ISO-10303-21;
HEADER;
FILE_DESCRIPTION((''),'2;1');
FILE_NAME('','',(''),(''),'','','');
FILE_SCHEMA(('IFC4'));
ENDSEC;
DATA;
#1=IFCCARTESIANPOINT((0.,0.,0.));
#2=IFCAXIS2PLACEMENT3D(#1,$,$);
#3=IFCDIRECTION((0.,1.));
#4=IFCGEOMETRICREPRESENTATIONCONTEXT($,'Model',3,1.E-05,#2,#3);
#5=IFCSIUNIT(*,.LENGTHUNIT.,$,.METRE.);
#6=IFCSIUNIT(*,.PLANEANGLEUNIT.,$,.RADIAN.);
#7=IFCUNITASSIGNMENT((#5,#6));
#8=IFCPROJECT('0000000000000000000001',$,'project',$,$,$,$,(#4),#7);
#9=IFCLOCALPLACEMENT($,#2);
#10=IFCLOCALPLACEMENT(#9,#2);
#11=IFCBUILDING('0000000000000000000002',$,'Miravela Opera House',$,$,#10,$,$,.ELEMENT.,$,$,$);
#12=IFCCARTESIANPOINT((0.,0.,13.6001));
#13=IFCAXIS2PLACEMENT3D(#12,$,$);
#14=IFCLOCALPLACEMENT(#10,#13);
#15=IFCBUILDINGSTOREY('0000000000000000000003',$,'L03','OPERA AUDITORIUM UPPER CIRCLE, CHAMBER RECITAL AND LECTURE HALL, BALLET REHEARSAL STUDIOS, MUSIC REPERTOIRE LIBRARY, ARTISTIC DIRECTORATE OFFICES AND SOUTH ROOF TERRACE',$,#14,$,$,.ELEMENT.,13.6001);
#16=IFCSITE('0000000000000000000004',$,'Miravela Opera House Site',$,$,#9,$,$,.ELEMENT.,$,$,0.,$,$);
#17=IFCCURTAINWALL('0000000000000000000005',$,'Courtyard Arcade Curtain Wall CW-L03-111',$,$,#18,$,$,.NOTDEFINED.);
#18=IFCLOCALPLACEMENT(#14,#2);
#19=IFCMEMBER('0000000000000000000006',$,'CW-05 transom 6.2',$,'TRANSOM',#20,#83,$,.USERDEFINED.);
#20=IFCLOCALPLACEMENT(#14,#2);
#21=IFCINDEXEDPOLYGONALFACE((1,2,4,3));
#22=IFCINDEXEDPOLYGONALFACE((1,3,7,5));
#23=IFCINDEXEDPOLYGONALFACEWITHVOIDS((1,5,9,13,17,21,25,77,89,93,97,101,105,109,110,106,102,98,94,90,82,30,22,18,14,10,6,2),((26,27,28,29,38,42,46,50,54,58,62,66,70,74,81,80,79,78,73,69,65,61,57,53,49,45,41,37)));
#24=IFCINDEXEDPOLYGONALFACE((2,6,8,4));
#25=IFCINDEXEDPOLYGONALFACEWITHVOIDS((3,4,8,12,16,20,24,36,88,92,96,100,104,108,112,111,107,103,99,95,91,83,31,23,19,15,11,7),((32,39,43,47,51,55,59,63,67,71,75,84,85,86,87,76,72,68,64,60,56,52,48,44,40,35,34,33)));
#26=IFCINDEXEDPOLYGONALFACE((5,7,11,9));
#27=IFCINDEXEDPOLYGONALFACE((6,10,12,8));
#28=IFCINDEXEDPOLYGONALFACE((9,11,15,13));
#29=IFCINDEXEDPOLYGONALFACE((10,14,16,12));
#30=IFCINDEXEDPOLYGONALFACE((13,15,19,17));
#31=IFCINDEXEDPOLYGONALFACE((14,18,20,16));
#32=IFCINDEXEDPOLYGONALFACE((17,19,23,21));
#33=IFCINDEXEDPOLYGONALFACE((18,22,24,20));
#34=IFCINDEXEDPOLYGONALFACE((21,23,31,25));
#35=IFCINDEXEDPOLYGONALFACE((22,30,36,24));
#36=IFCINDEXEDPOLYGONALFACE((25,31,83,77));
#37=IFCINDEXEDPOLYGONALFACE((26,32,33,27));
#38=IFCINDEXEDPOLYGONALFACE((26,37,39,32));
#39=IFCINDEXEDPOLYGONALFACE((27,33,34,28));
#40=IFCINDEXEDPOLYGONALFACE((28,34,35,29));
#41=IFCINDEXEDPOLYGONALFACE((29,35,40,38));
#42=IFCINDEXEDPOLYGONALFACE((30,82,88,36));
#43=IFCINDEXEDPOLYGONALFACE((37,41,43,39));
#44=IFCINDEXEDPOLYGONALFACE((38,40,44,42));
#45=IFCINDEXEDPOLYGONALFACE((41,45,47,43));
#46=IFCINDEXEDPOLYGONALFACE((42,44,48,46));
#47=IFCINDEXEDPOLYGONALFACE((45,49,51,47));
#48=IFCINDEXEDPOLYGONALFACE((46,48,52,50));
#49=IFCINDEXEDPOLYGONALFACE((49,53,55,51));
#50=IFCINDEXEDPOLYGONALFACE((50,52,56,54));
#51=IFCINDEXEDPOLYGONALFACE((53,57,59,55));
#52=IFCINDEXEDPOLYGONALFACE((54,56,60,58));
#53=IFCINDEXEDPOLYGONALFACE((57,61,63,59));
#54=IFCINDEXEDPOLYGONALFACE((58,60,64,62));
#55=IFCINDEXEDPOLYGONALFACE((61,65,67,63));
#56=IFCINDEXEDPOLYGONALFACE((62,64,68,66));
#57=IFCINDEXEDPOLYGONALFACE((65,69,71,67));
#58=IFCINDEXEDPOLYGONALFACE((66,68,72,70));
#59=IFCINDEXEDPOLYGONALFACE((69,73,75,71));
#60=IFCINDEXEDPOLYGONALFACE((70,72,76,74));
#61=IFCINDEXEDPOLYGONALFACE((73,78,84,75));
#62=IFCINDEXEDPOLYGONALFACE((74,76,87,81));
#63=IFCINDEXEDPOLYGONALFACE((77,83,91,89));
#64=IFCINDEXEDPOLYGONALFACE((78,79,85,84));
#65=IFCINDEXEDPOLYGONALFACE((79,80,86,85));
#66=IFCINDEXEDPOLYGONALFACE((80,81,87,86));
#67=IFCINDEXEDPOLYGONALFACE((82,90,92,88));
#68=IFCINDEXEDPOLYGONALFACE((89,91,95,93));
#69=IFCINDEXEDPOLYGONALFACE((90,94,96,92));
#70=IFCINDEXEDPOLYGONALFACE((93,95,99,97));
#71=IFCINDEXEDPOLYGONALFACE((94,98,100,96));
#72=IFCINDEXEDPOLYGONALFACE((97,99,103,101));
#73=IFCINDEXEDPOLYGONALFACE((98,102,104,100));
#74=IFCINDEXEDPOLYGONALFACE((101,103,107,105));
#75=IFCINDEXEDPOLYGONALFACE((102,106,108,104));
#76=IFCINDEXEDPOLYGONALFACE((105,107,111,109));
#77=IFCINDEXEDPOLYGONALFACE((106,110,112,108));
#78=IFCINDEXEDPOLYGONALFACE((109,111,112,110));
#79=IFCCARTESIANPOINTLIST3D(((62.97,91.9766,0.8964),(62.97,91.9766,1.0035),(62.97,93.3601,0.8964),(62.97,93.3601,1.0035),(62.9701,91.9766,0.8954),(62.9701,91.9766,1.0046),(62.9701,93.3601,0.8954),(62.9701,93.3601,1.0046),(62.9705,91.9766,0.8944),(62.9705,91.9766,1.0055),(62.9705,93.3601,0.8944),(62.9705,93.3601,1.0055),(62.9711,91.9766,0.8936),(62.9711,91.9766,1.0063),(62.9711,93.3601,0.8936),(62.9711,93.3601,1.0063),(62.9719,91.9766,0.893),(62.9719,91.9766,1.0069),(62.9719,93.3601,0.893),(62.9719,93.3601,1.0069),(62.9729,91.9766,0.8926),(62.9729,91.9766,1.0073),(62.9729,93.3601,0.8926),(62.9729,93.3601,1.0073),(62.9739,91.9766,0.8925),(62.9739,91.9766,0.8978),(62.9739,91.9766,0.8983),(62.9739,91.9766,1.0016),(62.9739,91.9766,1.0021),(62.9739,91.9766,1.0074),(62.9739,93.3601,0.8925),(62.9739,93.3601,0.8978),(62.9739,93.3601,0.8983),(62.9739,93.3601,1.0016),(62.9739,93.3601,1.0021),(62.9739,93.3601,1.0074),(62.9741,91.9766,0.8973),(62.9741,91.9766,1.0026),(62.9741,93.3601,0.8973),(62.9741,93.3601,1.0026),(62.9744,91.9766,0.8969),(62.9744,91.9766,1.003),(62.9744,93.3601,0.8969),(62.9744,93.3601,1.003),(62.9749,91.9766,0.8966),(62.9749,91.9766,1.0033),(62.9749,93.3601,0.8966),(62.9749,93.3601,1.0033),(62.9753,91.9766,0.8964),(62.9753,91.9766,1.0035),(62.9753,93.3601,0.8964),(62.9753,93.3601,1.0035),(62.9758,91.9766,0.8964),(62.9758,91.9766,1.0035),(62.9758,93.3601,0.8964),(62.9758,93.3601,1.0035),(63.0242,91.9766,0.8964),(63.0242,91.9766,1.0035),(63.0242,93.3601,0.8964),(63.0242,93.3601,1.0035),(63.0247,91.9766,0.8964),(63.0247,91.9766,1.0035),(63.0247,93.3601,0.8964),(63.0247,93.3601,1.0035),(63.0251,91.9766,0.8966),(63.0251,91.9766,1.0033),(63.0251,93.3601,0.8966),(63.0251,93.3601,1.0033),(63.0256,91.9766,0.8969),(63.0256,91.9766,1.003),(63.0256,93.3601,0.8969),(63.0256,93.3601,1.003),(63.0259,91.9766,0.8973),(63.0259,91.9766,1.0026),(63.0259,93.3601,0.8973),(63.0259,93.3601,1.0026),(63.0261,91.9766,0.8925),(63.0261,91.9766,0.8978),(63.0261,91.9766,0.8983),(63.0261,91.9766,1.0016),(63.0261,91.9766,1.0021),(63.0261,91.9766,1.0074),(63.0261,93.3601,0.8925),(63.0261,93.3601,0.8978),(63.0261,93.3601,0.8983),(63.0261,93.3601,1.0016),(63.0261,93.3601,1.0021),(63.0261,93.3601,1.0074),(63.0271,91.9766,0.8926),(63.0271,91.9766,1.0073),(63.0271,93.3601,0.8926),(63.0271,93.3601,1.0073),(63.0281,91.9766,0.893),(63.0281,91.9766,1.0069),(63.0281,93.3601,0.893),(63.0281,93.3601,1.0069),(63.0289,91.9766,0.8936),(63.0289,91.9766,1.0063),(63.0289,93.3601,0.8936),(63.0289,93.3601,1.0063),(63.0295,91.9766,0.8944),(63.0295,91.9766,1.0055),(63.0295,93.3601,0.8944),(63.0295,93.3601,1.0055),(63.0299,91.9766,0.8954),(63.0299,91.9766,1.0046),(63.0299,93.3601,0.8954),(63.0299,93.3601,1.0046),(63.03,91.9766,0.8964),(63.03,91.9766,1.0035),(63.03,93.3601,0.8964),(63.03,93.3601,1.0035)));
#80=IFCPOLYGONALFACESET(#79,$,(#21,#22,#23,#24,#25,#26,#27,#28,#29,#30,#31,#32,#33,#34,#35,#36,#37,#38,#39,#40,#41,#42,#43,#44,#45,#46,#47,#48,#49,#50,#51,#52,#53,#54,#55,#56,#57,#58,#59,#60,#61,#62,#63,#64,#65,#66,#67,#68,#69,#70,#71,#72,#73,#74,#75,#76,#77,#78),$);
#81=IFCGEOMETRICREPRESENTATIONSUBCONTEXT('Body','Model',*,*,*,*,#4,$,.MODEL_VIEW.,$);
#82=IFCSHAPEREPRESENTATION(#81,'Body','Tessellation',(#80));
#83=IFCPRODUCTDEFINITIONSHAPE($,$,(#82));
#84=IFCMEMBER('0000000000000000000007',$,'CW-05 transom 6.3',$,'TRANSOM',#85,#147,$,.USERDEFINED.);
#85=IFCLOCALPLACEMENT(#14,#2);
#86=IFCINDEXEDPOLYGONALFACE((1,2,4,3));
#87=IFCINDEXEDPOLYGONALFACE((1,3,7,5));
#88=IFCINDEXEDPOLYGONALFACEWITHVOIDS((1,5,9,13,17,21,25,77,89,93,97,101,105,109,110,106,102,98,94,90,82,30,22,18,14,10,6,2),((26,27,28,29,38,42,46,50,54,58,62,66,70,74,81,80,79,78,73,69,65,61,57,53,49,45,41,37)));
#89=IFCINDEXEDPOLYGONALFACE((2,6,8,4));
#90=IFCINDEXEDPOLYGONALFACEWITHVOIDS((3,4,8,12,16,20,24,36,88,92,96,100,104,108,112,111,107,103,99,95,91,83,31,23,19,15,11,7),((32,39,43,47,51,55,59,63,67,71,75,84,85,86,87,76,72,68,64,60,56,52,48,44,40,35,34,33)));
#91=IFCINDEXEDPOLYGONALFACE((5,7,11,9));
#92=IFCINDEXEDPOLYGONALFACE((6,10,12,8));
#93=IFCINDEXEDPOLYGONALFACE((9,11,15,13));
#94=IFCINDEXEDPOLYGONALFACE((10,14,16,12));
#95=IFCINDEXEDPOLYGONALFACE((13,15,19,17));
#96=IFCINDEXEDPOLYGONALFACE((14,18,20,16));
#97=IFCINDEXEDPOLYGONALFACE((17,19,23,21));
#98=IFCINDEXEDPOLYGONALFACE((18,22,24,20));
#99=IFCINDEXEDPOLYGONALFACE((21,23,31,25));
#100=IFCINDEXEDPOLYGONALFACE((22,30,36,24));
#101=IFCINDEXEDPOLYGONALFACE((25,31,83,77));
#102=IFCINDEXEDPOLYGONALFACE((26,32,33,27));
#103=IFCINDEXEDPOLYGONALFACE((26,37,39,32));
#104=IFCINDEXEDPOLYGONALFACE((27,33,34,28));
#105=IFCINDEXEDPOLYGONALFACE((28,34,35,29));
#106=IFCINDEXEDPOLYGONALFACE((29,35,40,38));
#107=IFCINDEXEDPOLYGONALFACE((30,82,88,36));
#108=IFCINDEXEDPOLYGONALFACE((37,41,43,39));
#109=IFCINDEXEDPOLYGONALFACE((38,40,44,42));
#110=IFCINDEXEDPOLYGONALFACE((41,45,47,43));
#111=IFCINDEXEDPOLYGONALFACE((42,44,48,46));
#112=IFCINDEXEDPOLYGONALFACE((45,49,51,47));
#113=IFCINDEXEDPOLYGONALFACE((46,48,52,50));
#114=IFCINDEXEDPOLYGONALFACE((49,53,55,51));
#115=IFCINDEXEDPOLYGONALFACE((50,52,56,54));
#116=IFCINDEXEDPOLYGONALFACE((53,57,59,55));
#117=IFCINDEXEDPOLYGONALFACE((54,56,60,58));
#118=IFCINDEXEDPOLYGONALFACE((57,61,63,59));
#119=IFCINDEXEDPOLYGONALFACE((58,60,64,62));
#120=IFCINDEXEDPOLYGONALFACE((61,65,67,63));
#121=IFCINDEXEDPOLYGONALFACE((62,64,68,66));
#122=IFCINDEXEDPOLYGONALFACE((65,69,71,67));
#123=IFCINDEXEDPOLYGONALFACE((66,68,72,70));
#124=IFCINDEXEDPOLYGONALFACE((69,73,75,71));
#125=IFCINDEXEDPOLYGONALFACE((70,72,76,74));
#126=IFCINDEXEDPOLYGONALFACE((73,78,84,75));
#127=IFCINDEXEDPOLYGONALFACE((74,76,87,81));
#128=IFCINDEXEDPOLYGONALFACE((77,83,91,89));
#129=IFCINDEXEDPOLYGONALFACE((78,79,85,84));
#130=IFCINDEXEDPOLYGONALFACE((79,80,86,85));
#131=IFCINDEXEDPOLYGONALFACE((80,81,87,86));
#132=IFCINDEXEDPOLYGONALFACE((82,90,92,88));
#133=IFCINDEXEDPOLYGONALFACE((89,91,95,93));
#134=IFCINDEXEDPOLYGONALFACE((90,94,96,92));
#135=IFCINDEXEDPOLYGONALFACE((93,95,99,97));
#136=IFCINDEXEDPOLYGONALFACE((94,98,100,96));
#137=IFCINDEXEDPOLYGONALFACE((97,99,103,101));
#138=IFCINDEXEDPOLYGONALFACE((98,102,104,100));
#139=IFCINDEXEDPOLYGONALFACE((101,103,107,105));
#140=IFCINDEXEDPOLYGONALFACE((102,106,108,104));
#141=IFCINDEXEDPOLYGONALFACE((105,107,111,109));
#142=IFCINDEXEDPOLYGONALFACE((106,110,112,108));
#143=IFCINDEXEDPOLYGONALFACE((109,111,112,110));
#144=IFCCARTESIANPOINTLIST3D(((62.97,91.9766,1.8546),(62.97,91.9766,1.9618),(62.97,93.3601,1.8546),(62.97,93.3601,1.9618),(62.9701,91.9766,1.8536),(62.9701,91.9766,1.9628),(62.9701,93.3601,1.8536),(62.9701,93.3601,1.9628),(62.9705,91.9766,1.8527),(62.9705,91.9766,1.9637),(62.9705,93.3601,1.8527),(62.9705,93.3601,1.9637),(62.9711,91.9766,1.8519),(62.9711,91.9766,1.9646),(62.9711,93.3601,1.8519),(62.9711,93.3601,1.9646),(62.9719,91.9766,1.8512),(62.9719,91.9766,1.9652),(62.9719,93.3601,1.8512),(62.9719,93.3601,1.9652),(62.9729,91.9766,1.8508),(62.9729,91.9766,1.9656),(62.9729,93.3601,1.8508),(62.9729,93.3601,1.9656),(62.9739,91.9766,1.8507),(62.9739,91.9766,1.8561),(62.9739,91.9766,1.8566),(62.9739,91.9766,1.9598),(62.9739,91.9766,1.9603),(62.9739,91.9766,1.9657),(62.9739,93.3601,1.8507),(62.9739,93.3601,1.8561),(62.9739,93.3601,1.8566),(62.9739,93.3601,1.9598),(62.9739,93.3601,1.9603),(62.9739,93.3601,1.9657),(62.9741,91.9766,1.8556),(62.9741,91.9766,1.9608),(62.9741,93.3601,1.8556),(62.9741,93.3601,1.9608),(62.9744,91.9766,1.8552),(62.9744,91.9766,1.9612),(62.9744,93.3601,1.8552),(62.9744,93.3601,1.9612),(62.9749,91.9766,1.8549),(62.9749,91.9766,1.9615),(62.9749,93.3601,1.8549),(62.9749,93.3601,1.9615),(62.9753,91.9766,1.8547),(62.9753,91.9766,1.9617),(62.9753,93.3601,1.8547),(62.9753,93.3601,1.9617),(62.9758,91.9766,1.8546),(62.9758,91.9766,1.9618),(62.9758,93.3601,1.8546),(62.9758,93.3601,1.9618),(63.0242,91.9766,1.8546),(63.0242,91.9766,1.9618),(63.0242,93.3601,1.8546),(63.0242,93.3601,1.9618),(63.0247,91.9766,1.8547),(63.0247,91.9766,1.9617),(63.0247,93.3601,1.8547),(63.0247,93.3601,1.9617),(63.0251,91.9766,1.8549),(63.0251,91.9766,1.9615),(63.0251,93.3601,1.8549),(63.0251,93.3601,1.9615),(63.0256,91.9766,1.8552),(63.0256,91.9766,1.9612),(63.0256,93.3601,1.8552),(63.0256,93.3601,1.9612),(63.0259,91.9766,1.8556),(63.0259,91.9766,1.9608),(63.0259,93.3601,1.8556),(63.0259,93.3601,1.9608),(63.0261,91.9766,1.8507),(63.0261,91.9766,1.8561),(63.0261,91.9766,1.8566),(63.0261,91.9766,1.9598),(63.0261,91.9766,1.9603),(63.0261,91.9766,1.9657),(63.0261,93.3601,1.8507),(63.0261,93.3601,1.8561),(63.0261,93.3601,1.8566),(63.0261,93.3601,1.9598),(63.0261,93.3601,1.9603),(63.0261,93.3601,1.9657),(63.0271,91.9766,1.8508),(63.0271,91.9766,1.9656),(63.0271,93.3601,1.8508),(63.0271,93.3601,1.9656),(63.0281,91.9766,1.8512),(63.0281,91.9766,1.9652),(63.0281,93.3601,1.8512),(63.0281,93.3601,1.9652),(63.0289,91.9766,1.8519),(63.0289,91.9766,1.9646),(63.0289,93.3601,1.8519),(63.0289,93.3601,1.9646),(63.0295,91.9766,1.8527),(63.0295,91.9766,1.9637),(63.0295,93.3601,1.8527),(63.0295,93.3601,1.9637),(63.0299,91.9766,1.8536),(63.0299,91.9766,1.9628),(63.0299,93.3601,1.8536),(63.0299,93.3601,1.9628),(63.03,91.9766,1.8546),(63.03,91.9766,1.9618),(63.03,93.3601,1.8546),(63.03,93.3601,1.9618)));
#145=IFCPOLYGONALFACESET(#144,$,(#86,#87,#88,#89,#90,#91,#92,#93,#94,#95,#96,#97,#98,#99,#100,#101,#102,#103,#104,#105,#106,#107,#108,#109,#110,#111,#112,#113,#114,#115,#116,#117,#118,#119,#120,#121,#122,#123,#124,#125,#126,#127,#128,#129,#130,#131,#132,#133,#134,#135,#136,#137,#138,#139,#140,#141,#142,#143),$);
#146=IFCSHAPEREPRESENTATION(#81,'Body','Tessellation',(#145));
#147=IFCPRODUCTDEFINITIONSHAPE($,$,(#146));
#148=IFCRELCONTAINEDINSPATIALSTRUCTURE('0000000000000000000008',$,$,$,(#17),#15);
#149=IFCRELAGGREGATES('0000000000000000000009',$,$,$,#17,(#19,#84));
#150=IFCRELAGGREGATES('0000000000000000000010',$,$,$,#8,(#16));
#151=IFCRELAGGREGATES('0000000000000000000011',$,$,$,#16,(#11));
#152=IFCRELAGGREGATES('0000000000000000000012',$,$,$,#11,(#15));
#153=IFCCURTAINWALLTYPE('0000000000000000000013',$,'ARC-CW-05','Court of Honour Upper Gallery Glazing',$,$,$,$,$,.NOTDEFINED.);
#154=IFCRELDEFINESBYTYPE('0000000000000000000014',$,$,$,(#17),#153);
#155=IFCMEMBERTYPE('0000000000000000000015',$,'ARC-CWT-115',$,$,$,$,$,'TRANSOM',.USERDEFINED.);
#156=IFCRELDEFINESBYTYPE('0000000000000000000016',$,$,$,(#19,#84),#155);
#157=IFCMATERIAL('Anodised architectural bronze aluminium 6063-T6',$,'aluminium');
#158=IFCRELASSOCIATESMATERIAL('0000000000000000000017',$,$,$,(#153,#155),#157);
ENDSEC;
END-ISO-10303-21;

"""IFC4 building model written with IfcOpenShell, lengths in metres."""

from ifc_helpers import new_model, si_unit, direction, frame, origin, origin_2d, place, context, subcontext, project, spatial, hollow_rectangle, extrude, material, material_profile, profile_set, type_object, element, aggregate, save


model = new_model("IFC4")

# Units and contexts
model_context = context("Model", 3, precision=1e-05, world=origin(), true_north=direction((0.0, 1.0)))
body_context = subcontext(model_context, "Body", "Model", "MODEL_VIEW")
ifc_project = project(units=[si_unit("LENGTHUNIT", "METRE"), si_unit("PLANEANGLEUNIT", "RADIAN")], contexts=[model_context])

# Site, building, storey
site_placement = place(None, origin())
site = spatial("IfcSite", under=ifc_project, at=site_placement, Name="Miravela Opera House Site", CompositionType="ELEMENT", RefElevation=0.0)
building_placement = place(site_placement, origin())
building = spatial("IfcBuilding", under=site, at=building_placement, Name="Miravela Opera House", CompositionType="ELEMENT")
storey_placement = place(building_placement, frame((0.0, 0.0, 13.6001)))
storey = spatial("IfcBuildingStorey", under=building, at=storey_placement, Name="L03", Description="OPERA AUDITORIUM UPPER CIRCLE, CHAMBER RECITAL AND LECTURE HALL, BALLET REHEARSAL STUDIOS, MUSIC REPERTOIRE LIBRARY, ARTISTIC DIRECTORATE OFFICES AND SOUTH ROOF TERRACE", CompositionType="ELEMENT", Elevation=13.6001)

# Curtain wall, members
ifc_material_1 = material(Name="Anodised architectural bronze aluminium 6063-T6", Category="aluminium")
curtain_wall_type = type_object("IfcCurtainWallType", Name="ARC-CW-05", Description="Court of Honour Upper Gallery Glazing", PredefinedType="NOTDEFINED", material=ifc_material_1)
curtain_wall_placement = place(storey_placement, origin())
curtain_wall = element("IfcCurtainWall", 1, at=curtain_wall_placement, inside=storey, type_object=curtain_wall_type, Name="Courtyard Arcade Curtain Wall CW-L03-111", PredefinedType="NOTDEFINED")
ifc_material_profile_1 = material_profile(ifc_material_1, hollow_rectangle(XDim=0.0601, YDim=0.115, WallThickness=0.0039, InnerFilletRadius=0.002, OuterFilletRadius=0.0039, at=origin_2d()), Name="CWT-60X115")
ifc_profile_set_1 = profile_set([ifc_material_profile_1])
member_type_1 = type_object("IfcMemberType", Name="ARC-CWT-115", ElementType="TRANSOM", PredefinedType="USERDEFINED", material=ifc_profile_set_1)
member_1_placement = place(storey_placement, frame((63.0, 91.9766, 0.95), z_axis=(0.0, 1.0, 0.0), x_axis=(-1.0, 0.0, 0.0)))
member_1 = element("IfcMember", 2, at=member_1_placement, type_object=member_type_1, Name="CW-05 transom 6.2", ObjectType="TRANSOM", PredefinedType="USERDEFINED", context=body_context, shape_type="SweptSolid", body=[
    extrude(hollow_rectangle(XDim=0.0601, YDim=0.115, WallThickness=0.0039, InnerFilletRadius=0.002, OuterFilletRadius=0.0039, at=origin_2d()), origin(), (0.0, 0.0, 1.0), 1.3835),
])
member_2_placement = place(storey_placement, frame((63.0, 91.9766, 1.9082), z_axis=(0.0, 1.0, 0.0), x_axis=(-1.0, 0.0, 0.0)))
member_2 = element("IfcMember", 3, at=member_2_placement, type_object=member_type_1, Name="CW-05 transom 6.3", ObjectType="TRANSOM", PredefinedType="USERDEFINED", context=body_context, shape_type="SweptSolid", body=[
    extrude(hollow_rectangle(XDim=0.0601, YDim=0.115, WallThickness=0.0039, InnerFilletRadius=0.002, OuterFilletRadius=0.0039, at=origin_2d()), origin(), (0.0, 0.0, 1.0), 1.3835),
])
aggregate(curtain_wall, [member_1, member_2])

save(model, "model.ifc")
